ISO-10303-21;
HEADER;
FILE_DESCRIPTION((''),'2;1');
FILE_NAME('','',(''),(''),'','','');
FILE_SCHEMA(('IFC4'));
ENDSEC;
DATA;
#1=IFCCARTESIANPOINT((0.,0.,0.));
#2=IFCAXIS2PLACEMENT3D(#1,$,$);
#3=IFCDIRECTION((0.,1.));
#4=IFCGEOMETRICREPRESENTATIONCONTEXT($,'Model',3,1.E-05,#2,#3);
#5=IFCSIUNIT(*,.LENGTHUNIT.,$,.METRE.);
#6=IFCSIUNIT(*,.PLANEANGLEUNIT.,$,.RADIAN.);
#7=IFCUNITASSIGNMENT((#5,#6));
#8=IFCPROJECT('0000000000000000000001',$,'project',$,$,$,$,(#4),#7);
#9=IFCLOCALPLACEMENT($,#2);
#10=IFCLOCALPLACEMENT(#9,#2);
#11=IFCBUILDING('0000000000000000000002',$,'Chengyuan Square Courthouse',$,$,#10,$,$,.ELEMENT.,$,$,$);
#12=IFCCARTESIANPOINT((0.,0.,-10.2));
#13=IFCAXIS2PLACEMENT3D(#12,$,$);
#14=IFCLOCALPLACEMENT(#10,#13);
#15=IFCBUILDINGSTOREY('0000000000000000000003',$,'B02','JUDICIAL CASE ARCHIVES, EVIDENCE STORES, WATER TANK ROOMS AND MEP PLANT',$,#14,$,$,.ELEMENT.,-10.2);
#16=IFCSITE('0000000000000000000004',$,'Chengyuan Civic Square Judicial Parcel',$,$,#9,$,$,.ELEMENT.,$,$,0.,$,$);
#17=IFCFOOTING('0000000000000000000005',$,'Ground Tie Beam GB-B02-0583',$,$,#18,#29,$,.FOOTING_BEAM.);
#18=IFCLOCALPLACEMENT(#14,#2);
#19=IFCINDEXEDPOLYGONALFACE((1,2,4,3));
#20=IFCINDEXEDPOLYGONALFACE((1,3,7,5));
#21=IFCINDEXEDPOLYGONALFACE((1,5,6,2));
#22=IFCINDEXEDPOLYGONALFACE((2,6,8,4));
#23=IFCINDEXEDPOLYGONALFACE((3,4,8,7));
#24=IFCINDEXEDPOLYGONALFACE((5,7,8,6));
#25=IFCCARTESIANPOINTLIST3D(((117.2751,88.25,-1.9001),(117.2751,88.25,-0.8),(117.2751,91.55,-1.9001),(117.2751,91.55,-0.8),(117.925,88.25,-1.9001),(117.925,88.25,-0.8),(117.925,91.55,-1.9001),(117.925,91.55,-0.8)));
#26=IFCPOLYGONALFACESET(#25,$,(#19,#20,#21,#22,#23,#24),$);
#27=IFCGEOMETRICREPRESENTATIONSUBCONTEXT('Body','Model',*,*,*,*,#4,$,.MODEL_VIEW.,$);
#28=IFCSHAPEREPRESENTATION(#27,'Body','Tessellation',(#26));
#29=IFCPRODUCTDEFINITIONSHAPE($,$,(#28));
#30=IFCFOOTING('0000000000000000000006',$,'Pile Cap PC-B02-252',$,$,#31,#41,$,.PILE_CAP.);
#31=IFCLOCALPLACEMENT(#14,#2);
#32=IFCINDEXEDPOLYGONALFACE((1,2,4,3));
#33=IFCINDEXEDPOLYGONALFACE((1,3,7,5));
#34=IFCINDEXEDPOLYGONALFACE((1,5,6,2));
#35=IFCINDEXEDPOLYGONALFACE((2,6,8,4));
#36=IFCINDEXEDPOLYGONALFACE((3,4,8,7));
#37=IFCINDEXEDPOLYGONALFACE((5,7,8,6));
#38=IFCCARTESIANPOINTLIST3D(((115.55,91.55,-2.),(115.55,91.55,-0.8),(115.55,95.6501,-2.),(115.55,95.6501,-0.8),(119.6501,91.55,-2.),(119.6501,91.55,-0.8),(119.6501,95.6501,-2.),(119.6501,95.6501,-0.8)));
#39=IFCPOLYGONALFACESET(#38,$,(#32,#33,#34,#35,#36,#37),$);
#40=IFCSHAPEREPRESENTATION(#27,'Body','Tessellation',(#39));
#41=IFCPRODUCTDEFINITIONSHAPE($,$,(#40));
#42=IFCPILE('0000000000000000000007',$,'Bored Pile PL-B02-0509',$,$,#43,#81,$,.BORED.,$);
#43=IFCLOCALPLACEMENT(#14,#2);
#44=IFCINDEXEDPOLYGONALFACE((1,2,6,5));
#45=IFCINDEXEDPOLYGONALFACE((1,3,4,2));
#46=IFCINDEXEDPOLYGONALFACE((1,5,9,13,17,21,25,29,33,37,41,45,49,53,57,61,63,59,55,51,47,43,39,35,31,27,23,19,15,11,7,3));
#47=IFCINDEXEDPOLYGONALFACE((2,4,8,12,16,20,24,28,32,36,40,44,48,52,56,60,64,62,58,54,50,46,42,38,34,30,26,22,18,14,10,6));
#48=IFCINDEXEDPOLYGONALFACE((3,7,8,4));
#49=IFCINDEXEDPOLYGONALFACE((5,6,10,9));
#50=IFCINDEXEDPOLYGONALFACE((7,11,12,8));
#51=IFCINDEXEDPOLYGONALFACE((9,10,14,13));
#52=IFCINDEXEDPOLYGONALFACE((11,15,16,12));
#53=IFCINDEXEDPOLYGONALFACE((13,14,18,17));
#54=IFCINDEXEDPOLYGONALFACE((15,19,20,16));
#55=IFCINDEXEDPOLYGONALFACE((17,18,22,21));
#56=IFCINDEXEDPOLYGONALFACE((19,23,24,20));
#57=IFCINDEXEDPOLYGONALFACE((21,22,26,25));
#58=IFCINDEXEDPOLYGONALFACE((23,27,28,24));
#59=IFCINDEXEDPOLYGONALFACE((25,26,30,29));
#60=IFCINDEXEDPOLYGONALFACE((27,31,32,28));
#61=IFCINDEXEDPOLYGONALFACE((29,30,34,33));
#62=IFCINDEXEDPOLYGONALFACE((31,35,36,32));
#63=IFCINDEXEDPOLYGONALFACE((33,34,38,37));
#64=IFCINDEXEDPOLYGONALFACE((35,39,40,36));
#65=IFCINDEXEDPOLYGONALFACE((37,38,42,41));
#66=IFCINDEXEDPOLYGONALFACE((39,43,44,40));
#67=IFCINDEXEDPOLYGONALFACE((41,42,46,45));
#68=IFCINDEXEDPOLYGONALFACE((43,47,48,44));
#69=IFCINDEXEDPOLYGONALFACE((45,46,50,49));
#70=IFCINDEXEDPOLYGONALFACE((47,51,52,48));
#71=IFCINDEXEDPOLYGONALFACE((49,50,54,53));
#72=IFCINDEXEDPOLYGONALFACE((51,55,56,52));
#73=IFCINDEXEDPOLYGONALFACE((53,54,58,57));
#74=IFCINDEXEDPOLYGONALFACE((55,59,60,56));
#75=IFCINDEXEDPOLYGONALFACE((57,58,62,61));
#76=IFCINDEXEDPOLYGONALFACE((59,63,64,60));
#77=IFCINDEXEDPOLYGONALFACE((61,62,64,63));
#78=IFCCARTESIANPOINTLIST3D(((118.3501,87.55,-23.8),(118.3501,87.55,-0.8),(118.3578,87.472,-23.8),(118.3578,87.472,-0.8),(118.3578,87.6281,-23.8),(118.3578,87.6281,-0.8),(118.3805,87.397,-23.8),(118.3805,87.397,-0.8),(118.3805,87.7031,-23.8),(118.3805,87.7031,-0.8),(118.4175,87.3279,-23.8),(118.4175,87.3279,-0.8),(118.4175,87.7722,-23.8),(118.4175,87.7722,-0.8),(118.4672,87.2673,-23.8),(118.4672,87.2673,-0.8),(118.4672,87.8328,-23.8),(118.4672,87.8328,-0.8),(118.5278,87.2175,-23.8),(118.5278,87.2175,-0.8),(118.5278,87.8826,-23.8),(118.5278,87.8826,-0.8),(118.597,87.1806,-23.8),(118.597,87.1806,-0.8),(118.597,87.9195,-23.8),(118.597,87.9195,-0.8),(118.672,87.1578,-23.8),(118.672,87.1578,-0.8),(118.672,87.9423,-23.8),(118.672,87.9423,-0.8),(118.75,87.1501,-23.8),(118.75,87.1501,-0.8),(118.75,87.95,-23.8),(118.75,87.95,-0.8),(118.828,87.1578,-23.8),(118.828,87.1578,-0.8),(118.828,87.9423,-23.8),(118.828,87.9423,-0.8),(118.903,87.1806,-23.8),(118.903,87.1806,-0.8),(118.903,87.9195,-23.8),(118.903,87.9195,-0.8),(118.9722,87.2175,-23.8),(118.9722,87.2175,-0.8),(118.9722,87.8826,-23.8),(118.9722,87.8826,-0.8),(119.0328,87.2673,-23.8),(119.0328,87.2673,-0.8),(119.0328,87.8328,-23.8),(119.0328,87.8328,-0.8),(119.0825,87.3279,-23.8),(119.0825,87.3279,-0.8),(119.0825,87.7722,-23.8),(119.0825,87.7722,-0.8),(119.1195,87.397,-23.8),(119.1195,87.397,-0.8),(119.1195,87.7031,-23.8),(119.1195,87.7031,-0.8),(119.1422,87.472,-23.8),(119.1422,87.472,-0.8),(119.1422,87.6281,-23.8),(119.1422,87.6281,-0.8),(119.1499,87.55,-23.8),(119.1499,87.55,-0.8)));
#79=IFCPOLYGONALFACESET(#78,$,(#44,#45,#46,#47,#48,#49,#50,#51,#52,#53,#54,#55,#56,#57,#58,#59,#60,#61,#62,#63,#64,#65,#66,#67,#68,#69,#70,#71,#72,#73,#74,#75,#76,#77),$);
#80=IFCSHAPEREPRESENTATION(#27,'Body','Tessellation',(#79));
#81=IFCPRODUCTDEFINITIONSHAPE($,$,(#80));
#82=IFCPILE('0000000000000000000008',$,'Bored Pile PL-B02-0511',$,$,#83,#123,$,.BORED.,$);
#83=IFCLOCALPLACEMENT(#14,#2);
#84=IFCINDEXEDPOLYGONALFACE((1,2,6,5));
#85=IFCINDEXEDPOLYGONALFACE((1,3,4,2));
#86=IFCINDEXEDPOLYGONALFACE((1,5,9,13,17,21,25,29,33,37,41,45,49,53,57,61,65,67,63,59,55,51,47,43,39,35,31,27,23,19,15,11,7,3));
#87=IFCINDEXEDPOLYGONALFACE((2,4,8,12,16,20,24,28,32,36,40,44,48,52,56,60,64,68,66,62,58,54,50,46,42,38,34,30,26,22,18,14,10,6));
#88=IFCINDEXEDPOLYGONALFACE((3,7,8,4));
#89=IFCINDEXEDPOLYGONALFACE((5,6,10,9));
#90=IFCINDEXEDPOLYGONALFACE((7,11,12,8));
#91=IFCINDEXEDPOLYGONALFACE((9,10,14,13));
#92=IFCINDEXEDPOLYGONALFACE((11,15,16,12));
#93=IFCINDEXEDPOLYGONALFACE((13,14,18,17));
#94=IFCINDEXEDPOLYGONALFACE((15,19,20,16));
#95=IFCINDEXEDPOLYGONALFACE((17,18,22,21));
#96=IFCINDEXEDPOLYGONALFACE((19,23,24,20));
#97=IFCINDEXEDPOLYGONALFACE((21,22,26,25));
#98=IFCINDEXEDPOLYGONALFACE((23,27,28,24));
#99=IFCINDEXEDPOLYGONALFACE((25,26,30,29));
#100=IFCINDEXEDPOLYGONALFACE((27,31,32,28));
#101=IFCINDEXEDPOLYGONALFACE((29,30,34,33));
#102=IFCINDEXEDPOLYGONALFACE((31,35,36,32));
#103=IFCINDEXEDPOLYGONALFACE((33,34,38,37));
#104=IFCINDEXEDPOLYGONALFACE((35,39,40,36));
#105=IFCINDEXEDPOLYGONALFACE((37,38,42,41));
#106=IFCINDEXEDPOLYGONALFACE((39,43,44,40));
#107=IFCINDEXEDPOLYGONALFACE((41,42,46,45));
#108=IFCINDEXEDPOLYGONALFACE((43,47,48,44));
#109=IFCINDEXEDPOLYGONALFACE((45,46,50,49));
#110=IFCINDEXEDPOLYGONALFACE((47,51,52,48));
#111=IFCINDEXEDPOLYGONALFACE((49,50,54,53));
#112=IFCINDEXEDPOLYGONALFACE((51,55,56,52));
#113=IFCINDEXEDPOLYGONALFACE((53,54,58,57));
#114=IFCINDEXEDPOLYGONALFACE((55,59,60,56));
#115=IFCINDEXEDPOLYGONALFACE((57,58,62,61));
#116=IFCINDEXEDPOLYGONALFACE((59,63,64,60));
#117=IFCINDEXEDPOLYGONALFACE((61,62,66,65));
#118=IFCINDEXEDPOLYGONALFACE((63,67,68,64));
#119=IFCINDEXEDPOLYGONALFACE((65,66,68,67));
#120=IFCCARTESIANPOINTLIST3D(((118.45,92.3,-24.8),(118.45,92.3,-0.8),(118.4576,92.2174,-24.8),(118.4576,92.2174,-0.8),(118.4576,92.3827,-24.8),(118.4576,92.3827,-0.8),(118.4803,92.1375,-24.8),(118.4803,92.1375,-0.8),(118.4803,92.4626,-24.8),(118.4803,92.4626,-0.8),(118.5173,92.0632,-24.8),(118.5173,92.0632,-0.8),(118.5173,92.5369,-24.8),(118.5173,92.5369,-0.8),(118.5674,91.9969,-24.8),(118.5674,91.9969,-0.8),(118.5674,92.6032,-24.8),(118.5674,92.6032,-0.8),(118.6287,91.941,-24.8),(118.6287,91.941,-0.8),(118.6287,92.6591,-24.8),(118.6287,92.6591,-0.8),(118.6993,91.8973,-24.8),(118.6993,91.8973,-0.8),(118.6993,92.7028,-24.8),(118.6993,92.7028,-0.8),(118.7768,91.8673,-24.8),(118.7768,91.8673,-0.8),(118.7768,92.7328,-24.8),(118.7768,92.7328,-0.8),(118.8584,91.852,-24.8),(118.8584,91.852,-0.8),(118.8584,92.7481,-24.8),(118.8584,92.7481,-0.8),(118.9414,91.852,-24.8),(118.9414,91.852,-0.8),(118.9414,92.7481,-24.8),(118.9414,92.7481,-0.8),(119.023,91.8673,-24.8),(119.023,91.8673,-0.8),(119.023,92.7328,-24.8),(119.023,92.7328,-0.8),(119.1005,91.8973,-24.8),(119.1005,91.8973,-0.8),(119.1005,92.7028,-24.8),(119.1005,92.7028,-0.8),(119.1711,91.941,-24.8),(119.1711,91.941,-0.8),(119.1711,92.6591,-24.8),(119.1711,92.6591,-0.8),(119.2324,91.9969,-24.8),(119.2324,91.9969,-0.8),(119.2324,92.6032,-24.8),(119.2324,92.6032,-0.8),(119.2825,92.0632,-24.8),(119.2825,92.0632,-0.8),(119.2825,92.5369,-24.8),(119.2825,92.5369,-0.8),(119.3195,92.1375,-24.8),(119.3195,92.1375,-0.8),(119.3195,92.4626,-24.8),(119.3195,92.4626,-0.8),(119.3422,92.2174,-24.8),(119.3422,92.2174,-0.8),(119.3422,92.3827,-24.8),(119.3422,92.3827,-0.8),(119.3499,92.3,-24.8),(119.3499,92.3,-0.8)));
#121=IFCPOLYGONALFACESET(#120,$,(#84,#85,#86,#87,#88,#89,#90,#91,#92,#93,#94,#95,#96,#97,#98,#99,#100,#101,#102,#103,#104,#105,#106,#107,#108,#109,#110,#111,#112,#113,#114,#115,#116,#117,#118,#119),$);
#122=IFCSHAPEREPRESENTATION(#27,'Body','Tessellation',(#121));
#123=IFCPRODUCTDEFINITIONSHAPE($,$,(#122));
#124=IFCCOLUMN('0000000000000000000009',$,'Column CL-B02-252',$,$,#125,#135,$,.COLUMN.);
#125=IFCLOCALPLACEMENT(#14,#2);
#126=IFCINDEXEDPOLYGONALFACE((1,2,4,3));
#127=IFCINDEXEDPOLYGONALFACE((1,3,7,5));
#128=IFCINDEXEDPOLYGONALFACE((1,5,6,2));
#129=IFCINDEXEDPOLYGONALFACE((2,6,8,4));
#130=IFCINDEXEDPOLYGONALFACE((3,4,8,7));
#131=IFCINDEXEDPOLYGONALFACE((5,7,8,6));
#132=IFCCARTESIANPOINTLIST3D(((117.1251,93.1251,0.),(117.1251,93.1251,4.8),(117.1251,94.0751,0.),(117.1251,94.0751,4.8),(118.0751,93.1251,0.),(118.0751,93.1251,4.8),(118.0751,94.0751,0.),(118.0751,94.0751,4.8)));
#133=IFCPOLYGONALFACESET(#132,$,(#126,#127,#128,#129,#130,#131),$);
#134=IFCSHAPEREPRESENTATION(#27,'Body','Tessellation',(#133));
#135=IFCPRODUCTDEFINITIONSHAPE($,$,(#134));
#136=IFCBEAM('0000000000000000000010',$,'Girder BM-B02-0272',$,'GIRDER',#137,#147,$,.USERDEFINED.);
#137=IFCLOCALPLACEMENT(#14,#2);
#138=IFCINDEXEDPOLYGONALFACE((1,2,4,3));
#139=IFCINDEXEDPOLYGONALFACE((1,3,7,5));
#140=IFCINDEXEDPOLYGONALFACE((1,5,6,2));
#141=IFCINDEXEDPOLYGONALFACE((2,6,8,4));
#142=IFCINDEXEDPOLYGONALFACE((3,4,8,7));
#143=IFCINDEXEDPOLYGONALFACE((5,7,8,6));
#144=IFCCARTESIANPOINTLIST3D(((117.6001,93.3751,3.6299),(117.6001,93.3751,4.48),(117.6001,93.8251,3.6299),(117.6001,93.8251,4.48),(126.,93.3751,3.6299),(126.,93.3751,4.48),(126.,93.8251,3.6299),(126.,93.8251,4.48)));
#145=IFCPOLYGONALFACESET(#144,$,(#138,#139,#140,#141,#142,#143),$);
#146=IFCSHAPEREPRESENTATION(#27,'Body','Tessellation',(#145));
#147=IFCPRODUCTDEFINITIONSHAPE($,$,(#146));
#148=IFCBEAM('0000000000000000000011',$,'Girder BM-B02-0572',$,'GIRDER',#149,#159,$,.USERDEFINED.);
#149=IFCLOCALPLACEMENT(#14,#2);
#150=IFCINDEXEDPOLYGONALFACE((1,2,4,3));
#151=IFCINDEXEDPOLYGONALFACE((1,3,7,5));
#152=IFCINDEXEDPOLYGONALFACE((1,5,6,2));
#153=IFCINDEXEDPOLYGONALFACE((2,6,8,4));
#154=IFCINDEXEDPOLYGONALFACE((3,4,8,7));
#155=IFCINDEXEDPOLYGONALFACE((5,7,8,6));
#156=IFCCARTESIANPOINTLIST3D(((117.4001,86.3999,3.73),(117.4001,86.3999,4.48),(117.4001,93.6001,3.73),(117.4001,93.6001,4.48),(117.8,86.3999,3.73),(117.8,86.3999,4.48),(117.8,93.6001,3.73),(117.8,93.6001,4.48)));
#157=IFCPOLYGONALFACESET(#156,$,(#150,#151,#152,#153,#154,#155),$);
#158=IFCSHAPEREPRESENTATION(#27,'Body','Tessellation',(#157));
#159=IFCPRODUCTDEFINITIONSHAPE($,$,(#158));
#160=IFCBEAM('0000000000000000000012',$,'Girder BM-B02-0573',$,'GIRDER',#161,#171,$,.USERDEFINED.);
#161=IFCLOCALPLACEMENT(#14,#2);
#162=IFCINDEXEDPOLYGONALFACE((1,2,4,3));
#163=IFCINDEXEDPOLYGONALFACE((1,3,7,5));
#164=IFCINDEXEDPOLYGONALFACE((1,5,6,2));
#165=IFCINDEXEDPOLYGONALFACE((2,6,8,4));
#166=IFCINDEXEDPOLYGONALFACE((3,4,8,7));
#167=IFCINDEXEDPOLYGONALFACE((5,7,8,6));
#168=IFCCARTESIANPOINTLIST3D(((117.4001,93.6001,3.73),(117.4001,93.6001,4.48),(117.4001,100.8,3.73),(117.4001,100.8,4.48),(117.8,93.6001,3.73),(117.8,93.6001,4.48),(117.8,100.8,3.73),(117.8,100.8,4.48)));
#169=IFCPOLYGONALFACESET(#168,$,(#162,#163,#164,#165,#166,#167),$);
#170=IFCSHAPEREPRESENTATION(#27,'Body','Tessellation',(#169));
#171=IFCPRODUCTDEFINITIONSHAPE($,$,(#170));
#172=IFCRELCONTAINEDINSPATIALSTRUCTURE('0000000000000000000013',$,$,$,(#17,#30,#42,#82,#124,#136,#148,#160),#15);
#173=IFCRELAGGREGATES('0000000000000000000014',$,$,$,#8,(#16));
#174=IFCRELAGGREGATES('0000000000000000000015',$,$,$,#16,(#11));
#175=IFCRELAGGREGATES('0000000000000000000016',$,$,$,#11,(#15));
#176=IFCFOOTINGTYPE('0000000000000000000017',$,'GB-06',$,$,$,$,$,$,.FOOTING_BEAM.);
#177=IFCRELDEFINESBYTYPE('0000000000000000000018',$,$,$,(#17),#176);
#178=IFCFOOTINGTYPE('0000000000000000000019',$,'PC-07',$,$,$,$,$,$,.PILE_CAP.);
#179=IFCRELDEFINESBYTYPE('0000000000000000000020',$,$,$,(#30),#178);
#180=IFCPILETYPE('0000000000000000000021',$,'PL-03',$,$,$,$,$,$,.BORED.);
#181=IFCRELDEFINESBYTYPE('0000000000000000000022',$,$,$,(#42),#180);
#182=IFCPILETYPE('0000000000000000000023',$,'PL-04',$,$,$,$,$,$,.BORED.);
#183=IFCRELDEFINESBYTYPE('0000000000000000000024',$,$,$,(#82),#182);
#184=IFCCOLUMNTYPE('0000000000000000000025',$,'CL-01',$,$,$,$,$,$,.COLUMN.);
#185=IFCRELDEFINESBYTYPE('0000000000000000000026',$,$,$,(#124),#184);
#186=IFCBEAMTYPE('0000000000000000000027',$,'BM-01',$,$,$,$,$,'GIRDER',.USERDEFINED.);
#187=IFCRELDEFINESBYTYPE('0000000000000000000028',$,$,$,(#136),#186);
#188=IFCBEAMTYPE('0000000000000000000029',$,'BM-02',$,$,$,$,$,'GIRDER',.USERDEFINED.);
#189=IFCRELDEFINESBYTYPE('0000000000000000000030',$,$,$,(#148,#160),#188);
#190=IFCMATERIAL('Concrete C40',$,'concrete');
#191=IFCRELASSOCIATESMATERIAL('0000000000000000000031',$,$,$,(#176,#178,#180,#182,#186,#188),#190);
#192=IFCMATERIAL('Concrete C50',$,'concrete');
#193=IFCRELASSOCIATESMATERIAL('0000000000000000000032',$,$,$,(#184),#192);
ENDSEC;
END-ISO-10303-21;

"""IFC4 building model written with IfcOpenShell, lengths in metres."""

from ifc_helpers import new_model, si_unit, direction, frame, origin, origin_2d, place, context, subcontext, project, spatial, rectangle, circle, extrude, material, material_profile, profile_set, type_object, element, save


model = new_model("IFC4")

# Units and contexts
model_context = context("Model", 3, precision=1e-05, world=origin(), true_north=direction((0.0, 1.0)))
body_context = subcontext(model_context, "Body", "Model", "MODEL_VIEW")
ifc_project = project(units=[si_unit("LENGTHUNIT", "METRE"), si_unit("PLANEANGLEUNIT", "RADIAN")], contexts=[model_context])

# Site, building, storey
site_placement = place(None, origin())
site = spatial("IfcSite", under=ifc_project, at=site_placement, Name="Chengyuan Civic Square Judicial Parcel", CompositionType="ELEMENT", RefElevation=0.0)
building_placement = place(site_placement, origin())
building = spatial("IfcBuilding", under=site, at=building_placement, Name="Chengyuan Square Courthouse", CompositionType="ELEMENT")
storey_placement = place(building_placement, frame((0.0, 0.0, -10.2)))
storey = spatial("IfcBuildingStorey", under=building, at=storey_placement, Name="B02", Description="JUDICIAL CASE ARCHIVES, EVIDENCE STORES, WATER TANK ROOMS AND MEP PLANT", CompositionType="ELEMENT", Elevation=-10.2)

# Footings
ifc_material_1 = material(Name="Concrete C40", Category="concrete")
ifc_material_profile_1 = material_profile(ifc_material_1, rectangle(XDim=0.6499, YDim=1.1001, at=origin_2d()), Name="GB-650x1100")
ifc_profile_set_1 = profile_set([ifc_material_profile_1], Name="Concrete C40")
footing_type_1 = type_object("IfcFootingType", Name="GB-06", PredefinedType="FOOTING_BEAM", material=ifc_profile_set_1)
footing_1_placement = place(storey_placement, frame((117.6001, 88.25, -1.3501), z_axis=(0.0, 1.0, 0.0), x_axis=(-1.0, 0.0, 0.0)))
element("IfcFooting", 1, at=footing_1_placement, inside=storey, type_object=footing_type_1, Name="Ground Tie Beam GB-B02-0583", PredefinedType="FOOTING_BEAM", context=body_context, shape_type="SweptSolid", body=[
    extrude(rectangle(XDim=0.6499, YDim=1.1001, at=origin_2d()), origin(), (0.0, 0.0, 1.0), 3.3),
])
footing_type_2 = type_object("IfcFootingType", Name="PC-07", PredefinedType="PILE_CAP", material=ifc_material_1)
footing_2_placement = place(storey_placement, frame((117.6001, 93.6001, -2.0), z_axis=(0.0, 0.0, 1.0), x_axis=(1.0, 0.0, 0.0)))
element("IfcFooting", 2, at=footing_2_placement, inside=storey, type_object=footing_type_2, Name="Pile Cap PC-B02-252", PredefinedType="PILE_CAP", context=body_context, shape_type="SweptSolid", body=[
    extrude(rectangle(XDim=4.1001, YDim=4.1001, at=origin_2d()), origin(), (0.0, 0.0, 1.0), 1.2),
])

# Piles
ifc_material_profile_2 = material_profile(ifc_material_1, circle(Radius=0.3999, at=origin_2d()), Name="BORED PILE D800")
ifc_profile_set_2 = profile_set([ifc_material_profile_2], Name="Concrete C40")
pile_type_1 = type_object("IfcPileType", Name="PL-03", PredefinedType="BORED", material=ifc_profile_set_2)
pile_1_placement = place(storey_placement, frame((118.75, 87.55, -0.8), z_axis=(0.0, 0.0, -1.0), x_axis=(1.0, 0.0, 0.0)))
element("IfcPile", 3, at=pile_1_placement, inside=storey, type_object=pile_type_1, Name="Bored Pile PL-B02-0509", PredefinedType="BORED", context=body_context, shape_type="SweptSolid", body=[
    extrude(circle(Radius=0.3999, at=origin_2d()), origin(), (0.0, 0.0, 1.0), 23.0),
])
ifc_material_profile_3 = material_profile(ifc_material_1, circle(Radius=0.45, at=origin_2d()), Name="BORED PILE D900")
ifc_profile_set_3 = profile_set([ifc_material_profile_3], Name="Concrete C40")
pile_type_2 = type_object("IfcPileType", Name="PL-04", PredefinedType="BORED", material=ifc_profile_set_3)
pile_2_placement = place(storey_placement, frame((118.8999, 92.3, -0.8), z_axis=(0.0, 0.0, -1.0), x_axis=(1.0, 0.0, 0.0)))
element("IfcPile", 4, at=pile_2_placement, inside=storey, type_object=pile_type_2, Name="Bored Pile PL-B02-0511", PredefinedType="BORED", context=body_context, shape_type="SweptSolid", body=[
    extrude(circle(Radius=0.45, at=origin_2d()), origin(), (0.0, 0.0, 1.0), 24.0),
])

# Column
ifc_material_2 = material(Name="Concrete C50", Category="concrete")
ifc_material_profile_4 = material_profile(ifc_material_2, rectangle(XDim=0.95, YDim=0.95, at=origin_2d()), Name="RC-COL-950x950")
ifc_profile_set_4 = profile_set([ifc_material_profile_4], Name="Concrete C50")
column_type = type_object("IfcColumnType", Name="CL-01", PredefinedType="COLUMN", material=ifc_profile_set_4)
column_placement = place(storey_placement, frame((117.6001, 93.6001, 0.0), z_axis=(0.0, 0.0, 1.0), x_axis=(1.0, 0.0, 0.0)))
element("IfcColumn", 5, at=column_placement, inside=storey, type_object=column_type, Name="Column CL-B02-252", PredefinedType="COLUMN", context=body_context, shape_type="SweptSolid", body=[
    extrude(rectangle(XDim=0.95, YDim=0.95, at=origin_2d()), origin(), (0.0, 0.0, 1.0), 4.8),
])

# Beams
ifc_material_profile_5 = material_profile(ifc_material_1, rectangle(XDim=0.45, YDim=0.8501, at=origin_2d()), Name="RC-BM-450x850")
ifc_profile_set_5 = profile_set([ifc_material_profile_5], Name="Concrete C40")
beam_type_1 = type_object("IfcBeamType", Name="BM-01", ElementType="GIRDER", PredefinedType="USERDEFINED", material=ifc_profile_set_5)
beam_1_placement = place(storey_placement, frame((117.6001, 93.6001, 4.0549), z_axis=(1.0, 0.0, 0.0), x_axis=(0.0, 1.0, 0.0)))
element("IfcBeam", 6, at=beam_1_placement, inside=storey, type_object=beam_type_1, Name="Girder BM-B02-0272", ObjectType="GIRDER", PredefinedType="USERDEFINED", context=body_context, shape_type="SweptSolid", body=[
    extrude(rectangle(XDim=0.45, YDim=0.8501, at=origin_2d()), origin(), (0.0, 0.0, 1.0), 8.3999),
])
ifc_material_profile_6 = material_profile(ifc_material_1, rectangle(XDim=0.3999, YDim=0.75, at=origin_2d()), Name="RC-BM-400x750")
ifc_profile_set_6 = profile_set([ifc_material_profile_6], Name="Concrete C40")
beam_type_2 = type_object("IfcBeamType", Name="BM-02", ElementType="GIRDER", PredefinedType="USERDEFINED", material=ifc_profile_set_6)
beam_2_placement = place(storey_placement, frame((117.6001, 86.3999, 4.105), z_axis=(0.0, 1.0, 0.0), x_axis=(-1.0, 0.0, 0.0)))
element("IfcBeam", 7, at=beam_2_placement, inside=storey, type_object=beam_type_2, Name="Girder BM-B02-0572", ObjectType="GIRDER", PredefinedType="USERDEFINED", context=body_context, shape_type="SweptSolid", body=[
    extrude(rectangle(XDim=0.3999, YDim=0.75, at=origin_2d()), origin(), (0.0, 0.0, 1.0), 7.2002),
])
beam_3_placement = place(storey_placement, frame((117.6001, 93.6001, 4.105), z_axis=(0.0, 1.0, 0.0), x_axis=(-1.0, 0.0, 0.0)))
element("IfcBeam", 8, at=beam_3_placement, inside=storey, type_object=beam_type_2, Name="Girder BM-B02-0573", ObjectType="GIRDER", PredefinedType="USERDEFINED", context=body_context, shape_type="SweptSolid", body=[
    extrude(rectangle(XDim=0.3999, YDim=0.75, at=origin_2d()), origin(), (0.0, 0.0, 1.0), 7.2),
])

save(model, "model.ifc")
